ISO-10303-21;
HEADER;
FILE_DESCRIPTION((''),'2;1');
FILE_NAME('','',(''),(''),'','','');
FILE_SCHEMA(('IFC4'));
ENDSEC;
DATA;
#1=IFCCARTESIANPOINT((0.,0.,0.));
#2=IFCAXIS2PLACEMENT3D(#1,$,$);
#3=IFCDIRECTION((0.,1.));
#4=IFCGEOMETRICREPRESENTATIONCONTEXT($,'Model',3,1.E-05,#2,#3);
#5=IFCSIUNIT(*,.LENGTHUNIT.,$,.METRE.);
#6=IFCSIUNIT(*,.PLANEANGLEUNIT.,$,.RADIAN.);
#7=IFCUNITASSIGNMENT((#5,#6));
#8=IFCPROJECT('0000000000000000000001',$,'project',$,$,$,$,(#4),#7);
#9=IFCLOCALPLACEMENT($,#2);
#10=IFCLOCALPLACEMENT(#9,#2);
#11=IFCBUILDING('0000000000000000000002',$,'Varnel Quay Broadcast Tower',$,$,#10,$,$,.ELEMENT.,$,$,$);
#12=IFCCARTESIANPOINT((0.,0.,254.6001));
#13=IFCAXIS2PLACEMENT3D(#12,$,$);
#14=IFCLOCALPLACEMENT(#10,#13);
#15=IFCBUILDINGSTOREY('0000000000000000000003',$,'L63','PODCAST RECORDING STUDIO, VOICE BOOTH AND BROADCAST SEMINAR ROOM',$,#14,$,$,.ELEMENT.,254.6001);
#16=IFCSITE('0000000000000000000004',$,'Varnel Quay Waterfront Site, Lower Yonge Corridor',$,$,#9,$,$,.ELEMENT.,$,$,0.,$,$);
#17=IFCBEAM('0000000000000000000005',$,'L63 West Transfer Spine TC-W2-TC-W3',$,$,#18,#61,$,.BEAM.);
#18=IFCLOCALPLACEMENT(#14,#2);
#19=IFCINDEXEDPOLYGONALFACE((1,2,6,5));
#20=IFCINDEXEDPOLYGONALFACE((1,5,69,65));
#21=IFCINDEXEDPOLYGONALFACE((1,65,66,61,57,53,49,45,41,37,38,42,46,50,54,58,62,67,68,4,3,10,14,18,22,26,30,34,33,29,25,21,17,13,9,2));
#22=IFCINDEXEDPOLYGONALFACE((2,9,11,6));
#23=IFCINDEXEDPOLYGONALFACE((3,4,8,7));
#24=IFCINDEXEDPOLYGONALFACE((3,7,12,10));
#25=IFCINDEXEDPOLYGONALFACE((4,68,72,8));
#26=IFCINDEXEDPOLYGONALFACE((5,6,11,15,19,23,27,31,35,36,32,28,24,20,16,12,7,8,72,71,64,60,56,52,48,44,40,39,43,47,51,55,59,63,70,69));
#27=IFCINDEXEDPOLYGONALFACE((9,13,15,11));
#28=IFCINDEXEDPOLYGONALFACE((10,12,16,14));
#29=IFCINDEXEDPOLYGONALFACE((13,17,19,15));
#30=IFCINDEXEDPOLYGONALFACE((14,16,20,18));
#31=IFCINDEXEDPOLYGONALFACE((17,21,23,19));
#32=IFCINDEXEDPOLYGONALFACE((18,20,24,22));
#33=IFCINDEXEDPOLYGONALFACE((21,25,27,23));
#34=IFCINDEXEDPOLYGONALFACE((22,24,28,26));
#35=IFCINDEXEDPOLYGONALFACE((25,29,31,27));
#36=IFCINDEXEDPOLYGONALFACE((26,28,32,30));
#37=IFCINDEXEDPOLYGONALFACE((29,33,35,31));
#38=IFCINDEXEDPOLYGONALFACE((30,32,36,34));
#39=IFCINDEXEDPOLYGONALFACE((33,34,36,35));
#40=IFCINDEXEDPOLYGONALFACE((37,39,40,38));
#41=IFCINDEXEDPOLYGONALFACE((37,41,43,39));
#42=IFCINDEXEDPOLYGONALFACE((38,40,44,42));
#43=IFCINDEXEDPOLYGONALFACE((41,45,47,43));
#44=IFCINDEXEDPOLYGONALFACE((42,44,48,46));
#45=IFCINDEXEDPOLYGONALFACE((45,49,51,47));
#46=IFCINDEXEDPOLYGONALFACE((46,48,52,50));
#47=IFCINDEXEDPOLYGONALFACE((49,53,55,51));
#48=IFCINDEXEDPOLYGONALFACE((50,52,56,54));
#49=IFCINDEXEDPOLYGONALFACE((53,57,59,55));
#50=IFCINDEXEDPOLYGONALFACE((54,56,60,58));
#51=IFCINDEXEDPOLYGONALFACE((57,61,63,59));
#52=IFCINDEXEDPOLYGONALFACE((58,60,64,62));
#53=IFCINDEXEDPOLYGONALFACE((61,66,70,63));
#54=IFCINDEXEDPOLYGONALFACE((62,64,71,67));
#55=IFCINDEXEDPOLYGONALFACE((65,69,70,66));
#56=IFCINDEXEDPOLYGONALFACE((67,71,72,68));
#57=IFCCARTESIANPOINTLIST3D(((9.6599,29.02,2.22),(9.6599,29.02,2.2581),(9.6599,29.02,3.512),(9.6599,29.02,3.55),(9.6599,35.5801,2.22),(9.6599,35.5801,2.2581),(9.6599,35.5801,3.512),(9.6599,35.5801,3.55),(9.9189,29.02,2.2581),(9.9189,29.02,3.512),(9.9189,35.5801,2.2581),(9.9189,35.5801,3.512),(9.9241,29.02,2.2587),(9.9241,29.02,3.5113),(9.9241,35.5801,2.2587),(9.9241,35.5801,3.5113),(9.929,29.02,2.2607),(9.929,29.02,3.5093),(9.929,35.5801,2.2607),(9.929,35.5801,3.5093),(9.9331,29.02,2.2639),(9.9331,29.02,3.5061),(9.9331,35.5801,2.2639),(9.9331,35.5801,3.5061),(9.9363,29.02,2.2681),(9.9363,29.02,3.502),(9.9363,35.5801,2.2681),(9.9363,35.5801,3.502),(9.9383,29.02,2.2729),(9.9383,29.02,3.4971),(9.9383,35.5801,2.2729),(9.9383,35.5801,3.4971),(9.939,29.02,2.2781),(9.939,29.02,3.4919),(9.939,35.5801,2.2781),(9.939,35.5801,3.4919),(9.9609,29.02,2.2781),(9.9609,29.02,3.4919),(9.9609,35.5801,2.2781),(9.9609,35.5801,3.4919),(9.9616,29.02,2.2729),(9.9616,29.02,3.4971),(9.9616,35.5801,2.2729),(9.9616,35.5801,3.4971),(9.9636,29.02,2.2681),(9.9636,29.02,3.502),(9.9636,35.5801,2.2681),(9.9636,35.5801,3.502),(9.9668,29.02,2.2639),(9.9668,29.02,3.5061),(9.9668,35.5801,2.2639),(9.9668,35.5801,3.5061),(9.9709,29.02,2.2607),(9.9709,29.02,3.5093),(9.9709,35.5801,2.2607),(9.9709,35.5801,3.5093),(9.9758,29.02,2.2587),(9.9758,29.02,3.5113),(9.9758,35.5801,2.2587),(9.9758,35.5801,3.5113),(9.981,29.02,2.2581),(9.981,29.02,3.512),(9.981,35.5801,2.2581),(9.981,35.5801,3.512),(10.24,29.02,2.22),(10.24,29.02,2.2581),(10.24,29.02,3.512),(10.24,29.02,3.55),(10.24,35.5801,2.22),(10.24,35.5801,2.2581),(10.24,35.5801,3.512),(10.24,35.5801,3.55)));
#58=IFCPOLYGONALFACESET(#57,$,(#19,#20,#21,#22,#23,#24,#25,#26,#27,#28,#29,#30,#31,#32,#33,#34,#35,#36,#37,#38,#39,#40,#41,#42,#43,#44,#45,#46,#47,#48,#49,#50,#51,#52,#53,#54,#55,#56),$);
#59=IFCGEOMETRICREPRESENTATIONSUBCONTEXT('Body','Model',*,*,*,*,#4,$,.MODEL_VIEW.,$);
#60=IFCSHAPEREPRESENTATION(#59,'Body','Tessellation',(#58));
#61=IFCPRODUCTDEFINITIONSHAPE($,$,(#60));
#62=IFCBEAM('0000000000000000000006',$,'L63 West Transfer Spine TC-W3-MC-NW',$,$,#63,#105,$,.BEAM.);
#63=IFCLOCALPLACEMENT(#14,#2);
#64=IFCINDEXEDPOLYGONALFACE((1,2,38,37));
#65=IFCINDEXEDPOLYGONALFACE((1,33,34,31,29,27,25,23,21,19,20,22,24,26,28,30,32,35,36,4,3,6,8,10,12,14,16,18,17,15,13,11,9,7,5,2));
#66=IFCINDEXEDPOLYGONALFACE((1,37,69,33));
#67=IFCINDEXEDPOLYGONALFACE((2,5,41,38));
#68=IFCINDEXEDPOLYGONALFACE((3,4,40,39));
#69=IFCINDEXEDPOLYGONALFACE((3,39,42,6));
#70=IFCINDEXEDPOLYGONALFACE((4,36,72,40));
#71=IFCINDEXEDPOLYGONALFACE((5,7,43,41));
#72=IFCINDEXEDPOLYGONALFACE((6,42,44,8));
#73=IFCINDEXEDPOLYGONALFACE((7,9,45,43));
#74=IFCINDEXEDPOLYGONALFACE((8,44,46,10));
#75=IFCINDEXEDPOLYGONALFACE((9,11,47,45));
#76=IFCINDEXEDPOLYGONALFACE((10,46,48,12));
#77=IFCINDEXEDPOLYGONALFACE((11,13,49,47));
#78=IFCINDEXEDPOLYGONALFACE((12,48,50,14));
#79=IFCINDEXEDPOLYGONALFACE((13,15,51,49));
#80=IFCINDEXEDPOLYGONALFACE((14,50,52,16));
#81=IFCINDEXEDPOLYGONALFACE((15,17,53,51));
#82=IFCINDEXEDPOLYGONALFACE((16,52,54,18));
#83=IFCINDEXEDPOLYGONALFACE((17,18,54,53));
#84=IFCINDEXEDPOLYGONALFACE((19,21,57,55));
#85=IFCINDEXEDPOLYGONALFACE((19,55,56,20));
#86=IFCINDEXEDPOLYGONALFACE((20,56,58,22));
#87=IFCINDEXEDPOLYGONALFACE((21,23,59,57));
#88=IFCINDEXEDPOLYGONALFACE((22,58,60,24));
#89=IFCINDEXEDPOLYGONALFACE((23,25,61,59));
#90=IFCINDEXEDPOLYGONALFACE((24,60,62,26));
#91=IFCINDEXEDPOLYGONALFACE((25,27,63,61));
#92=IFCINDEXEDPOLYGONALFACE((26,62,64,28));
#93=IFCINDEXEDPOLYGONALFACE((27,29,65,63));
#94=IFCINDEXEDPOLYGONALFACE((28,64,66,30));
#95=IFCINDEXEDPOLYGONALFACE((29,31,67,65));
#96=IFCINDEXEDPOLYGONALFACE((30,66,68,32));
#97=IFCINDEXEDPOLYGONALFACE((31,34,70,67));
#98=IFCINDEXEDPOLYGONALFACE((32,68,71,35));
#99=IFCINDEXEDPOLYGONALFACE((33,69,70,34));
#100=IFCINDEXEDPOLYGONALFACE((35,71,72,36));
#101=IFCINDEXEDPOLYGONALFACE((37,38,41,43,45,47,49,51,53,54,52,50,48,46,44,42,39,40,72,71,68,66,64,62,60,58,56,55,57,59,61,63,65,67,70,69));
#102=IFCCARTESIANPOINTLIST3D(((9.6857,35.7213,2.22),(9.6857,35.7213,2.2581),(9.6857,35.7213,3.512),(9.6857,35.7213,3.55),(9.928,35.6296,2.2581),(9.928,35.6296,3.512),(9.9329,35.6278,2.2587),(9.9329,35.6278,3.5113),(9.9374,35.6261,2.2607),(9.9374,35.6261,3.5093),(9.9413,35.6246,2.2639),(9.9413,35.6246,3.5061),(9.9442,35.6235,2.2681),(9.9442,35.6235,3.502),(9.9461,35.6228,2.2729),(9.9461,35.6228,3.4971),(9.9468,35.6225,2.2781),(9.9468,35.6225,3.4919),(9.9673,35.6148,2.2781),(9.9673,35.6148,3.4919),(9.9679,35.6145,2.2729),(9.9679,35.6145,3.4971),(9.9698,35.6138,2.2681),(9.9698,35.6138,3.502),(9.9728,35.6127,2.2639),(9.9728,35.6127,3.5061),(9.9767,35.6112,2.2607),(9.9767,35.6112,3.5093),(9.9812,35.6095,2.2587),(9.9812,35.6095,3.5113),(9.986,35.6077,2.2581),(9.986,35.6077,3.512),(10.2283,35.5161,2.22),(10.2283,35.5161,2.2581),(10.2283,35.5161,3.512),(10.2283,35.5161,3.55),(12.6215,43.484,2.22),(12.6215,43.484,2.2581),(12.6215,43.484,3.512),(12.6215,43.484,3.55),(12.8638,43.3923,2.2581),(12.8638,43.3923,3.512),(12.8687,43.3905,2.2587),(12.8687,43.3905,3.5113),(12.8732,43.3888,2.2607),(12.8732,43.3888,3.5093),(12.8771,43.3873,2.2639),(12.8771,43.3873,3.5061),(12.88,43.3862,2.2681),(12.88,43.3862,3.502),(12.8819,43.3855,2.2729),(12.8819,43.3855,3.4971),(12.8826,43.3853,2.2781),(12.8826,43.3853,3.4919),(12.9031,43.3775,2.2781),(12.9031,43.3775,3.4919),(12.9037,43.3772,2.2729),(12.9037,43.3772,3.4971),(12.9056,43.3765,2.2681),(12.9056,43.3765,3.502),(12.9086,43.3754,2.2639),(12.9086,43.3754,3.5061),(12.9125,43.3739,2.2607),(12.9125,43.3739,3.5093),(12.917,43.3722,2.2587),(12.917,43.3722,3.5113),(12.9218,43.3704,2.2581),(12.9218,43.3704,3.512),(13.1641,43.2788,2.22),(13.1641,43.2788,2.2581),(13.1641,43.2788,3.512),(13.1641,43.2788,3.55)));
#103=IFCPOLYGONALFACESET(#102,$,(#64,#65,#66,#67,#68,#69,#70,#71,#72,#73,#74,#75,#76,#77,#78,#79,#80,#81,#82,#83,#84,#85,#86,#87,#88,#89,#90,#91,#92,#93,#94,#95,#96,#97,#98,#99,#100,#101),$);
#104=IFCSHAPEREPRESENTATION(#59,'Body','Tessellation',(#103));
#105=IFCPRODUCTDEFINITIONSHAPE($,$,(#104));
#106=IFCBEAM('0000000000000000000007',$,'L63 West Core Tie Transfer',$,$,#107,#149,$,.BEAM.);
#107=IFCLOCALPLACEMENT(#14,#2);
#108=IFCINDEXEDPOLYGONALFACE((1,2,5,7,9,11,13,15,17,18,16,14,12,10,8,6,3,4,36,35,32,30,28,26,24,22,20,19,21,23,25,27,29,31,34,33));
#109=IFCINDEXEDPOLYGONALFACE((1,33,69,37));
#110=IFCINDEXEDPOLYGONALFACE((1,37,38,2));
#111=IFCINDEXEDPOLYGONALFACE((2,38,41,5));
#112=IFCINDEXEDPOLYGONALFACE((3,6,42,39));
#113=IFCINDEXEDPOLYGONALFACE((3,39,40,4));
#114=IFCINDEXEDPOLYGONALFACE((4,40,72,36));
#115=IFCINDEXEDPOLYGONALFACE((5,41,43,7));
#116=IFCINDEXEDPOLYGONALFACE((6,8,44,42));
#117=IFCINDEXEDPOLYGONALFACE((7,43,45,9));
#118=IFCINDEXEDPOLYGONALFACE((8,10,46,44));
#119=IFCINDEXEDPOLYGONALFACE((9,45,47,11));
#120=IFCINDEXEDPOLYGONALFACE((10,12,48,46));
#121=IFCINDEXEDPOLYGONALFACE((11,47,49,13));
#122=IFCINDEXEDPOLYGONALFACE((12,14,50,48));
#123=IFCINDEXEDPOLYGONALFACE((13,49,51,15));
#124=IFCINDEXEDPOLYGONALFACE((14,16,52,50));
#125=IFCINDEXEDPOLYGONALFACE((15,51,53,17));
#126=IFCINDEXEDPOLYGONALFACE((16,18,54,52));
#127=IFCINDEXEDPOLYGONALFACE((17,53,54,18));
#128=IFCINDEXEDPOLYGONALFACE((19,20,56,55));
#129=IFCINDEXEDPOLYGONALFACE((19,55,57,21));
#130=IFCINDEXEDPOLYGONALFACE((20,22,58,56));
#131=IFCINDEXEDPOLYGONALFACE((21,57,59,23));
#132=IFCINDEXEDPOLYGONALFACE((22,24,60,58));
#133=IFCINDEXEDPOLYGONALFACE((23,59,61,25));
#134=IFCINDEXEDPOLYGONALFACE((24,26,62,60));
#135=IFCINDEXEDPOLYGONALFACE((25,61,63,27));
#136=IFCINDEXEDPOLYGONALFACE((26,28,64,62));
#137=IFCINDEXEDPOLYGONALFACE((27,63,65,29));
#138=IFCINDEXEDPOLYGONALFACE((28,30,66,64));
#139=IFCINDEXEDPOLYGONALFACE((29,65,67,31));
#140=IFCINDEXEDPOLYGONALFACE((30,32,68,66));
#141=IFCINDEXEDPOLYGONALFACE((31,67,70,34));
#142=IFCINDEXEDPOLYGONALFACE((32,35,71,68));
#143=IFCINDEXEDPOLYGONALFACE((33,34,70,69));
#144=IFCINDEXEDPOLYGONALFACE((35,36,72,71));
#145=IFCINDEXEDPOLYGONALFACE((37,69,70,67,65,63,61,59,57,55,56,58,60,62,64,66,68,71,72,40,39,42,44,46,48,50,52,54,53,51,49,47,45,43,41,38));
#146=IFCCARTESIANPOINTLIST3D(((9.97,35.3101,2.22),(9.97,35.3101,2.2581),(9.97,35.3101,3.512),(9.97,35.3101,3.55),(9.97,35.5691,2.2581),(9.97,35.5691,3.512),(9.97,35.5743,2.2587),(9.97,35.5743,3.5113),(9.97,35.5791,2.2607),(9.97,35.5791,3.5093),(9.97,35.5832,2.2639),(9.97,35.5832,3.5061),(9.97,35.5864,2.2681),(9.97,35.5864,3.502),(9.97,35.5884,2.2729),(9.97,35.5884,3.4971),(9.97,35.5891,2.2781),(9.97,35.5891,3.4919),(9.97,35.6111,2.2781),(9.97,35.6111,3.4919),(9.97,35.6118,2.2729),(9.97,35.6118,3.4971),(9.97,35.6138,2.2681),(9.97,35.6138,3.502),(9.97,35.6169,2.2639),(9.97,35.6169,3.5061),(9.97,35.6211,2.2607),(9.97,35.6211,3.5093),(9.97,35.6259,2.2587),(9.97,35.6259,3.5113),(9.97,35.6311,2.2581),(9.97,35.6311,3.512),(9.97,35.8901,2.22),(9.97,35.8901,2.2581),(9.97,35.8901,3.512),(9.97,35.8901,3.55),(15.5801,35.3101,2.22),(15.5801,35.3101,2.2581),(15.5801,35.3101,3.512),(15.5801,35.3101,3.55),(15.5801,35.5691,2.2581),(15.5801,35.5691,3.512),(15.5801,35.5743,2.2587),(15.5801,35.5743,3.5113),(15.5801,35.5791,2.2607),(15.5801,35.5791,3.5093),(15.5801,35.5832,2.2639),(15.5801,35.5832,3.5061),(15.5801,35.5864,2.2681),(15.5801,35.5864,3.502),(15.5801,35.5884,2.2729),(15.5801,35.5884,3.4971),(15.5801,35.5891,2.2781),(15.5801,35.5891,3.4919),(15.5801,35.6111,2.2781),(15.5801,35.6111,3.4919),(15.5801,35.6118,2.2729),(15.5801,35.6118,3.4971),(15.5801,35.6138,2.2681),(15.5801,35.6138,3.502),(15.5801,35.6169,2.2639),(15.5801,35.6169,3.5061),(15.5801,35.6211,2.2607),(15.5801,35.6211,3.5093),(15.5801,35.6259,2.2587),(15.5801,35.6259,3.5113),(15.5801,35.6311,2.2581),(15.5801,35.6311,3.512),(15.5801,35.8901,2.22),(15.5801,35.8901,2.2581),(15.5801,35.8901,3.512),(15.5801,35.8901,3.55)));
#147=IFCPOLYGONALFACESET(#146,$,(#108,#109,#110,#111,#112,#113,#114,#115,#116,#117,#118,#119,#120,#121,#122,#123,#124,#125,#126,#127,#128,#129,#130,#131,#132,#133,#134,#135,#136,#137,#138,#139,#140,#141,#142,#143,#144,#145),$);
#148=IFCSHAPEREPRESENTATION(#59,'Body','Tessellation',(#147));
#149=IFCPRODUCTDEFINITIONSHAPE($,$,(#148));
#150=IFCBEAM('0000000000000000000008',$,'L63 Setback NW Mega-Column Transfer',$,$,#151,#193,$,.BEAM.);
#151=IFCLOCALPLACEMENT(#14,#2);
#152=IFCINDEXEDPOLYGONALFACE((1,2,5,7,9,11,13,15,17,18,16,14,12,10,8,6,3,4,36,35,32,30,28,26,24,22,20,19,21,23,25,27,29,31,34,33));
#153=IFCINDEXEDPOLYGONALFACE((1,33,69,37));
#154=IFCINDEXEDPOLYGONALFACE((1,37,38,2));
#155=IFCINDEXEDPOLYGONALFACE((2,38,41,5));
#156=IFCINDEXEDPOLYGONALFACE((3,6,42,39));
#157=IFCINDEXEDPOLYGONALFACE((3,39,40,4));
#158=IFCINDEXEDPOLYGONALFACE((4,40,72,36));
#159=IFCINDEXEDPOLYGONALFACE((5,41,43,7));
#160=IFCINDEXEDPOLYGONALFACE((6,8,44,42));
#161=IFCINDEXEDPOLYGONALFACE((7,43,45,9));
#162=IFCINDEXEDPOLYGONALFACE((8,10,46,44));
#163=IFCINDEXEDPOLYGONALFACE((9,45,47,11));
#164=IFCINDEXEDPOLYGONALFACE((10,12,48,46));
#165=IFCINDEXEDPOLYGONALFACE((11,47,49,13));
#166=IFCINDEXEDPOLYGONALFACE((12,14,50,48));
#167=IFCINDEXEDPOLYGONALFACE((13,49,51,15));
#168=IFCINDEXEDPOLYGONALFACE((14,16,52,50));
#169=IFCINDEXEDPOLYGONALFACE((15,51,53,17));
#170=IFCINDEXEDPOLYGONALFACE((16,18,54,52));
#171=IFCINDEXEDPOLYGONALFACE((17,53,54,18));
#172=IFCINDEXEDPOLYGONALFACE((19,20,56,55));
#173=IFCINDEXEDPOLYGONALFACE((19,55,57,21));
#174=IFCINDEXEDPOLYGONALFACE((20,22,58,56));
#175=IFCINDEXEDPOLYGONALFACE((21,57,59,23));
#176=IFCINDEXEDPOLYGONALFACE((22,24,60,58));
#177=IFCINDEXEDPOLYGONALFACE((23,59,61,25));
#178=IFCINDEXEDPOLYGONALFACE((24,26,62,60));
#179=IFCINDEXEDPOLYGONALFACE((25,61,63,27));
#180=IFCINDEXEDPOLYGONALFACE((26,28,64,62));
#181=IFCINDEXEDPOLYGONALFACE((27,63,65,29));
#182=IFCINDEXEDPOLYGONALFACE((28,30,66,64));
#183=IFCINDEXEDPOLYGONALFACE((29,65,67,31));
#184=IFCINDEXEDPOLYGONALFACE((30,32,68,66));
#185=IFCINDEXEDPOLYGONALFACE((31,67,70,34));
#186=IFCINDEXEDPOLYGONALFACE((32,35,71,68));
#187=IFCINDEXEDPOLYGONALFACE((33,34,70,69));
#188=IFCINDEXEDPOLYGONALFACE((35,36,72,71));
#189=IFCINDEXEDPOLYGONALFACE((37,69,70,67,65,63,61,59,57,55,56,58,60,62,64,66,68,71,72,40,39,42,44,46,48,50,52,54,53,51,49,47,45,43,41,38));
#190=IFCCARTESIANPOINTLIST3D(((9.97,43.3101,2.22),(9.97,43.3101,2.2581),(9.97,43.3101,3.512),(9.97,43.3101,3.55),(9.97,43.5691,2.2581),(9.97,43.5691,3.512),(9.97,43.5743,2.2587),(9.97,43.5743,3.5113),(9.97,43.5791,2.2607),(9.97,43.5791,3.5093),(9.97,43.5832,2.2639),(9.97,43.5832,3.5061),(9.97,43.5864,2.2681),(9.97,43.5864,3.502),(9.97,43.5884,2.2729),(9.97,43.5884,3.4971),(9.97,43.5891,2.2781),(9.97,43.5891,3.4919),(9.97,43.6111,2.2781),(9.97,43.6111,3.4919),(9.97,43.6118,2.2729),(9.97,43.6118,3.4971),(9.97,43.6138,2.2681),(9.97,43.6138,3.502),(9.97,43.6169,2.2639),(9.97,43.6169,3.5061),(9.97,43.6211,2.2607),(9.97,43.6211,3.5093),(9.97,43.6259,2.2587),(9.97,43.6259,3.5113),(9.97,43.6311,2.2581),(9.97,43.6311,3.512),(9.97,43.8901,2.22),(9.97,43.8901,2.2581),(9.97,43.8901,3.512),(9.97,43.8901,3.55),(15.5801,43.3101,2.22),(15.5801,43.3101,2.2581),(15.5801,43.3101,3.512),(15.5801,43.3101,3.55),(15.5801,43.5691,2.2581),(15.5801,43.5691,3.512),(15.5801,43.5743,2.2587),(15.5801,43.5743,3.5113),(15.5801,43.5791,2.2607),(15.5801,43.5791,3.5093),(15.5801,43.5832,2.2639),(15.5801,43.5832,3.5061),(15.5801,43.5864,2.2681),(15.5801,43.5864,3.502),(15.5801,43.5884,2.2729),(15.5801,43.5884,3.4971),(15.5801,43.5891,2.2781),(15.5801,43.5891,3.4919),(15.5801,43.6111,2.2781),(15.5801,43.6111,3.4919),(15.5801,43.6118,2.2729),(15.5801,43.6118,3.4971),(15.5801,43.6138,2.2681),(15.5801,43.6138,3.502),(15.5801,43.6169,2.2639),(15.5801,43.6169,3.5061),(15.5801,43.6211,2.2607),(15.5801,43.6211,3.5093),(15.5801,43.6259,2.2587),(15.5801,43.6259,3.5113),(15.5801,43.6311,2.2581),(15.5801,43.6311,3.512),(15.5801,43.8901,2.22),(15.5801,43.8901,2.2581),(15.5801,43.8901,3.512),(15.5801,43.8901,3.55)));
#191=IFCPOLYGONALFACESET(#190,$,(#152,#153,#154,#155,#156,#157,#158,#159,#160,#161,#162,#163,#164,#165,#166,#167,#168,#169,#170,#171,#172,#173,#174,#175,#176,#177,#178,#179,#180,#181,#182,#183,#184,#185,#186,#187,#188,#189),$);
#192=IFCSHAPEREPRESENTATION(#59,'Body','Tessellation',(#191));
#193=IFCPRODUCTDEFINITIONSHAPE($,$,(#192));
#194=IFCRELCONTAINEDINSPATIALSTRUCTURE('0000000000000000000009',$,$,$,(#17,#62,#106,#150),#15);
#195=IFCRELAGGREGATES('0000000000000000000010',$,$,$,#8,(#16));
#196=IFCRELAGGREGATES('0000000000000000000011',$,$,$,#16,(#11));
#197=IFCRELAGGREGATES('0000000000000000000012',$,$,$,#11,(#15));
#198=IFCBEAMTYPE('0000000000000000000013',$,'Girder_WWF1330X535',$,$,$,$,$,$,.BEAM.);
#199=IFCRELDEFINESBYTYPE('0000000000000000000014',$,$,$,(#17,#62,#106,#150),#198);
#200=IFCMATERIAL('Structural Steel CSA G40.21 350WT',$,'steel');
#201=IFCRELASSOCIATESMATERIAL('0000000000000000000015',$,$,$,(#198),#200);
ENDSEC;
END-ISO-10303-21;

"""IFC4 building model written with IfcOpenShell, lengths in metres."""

from ifc_helpers import new_model, si_unit, direction, frame, origin, origin_2d, place, context, subcontext, project, spatial, i_section, extrude, source, transform, mapped, material, material_profile, profile_set, type_object, element, save


model = new_model("IFC4")

# Units and contexts
model_context = context("Model", 3, precision=1e-05, world=origin(), true_north=direction((0.0, 1.0)))
body_context = subcontext(model_context, "Body", "Model", "MODEL_VIEW")
ifc_project = project(units=[si_unit("LENGTHUNIT", "METRE"), si_unit("PLANEANGLEUNIT", "RADIAN")], contexts=[model_context])

# Site, building, storey
site_placement = place(None, origin())
site = spatial("IfcSite", under=ifc_project, at=site_placement, Name="Varnel Quay Waterfront Site, Lower Yonge Corridor", CompositionType="ELEMENT", RefElevation=0.0)
building_placement = place(site_placement, origin())
building = spatial("IfcBuilding", under=site, at=building_placement, Name="Varnel Quay Broadcast Tower", CompositionType="ELEMENT")
storey_placement = place(building_placement, frame((0.0, 0.0, 254.6001)))
storey = spatial("IfcBuildingStorey", under=building, at=storey_placement, Name="L63", Description="PODCAST RECORDING STUDIO, VOICE BOOTH AND BROADCAST SEMINAR ROOM", CompositionType="ELEMENT", Elevation=254.6001)

# Shared definitions
ifc_material_1 = material(Name="Structural Steel CSA G40.21 350WT", Category="steel")

# Beams
ifc_material_profile_1 = material_profile(ifc_material_1, i_section(OverallWidth=0.5801, OverallDepth=1.3301, WebThickness=0.022, FlangeThickness=0.0381, FilletRadius=0.02, at=origin_2d()), Name="WWF1330X535")
ifc_profile_set_1 = profile_set([ifc_material_profile_1], Name="Structural Steel CSA G40.21 350WT")
beam_type_1 = type_object("IfcBeamType", Name="Girder_WWF1330X535", PredefinedType="BEAM", material=ifc_profile_set_1)
shared_shape_1 = source(origin(), body_context, "Body", "SweptSolid", [
    extrude(i_section(OverallWidth=0.5801, OverallDepth=1.3301, WebThickness=0.022, FlangeThickness=0.0381, FilletRadius=0.02, at=origin_2d()), origin(), (0.0, 0.0, 1.0), 6.5601),
])
beam_1_placement = place(storey_placement, frame((9.95, 29.02, 2.885), z_axis=(0.0, 1.0, 0.0), x_axis=(-1.0, 0.0, 0.0)))
element("IfcBeam", 1, at=beam_1_placement, inside=storey, type_object=beam_type_1, Name="L63 West Transfer Spine TC-W2-TC-W3", PredefinedType="BEAM", context=body_context, shape_type="MappedRepresentation", body=[
    mapped(shared_shape_1, transform((0.0, 0.0, 0.0), x_axis=(1.0, 0.0, 0.0), y_axis=(0.0, 1.0, 0.0), z_axis=(0.0, 0.0, 1.0), scale=1.0)),
])
shared_shape_2 = source(origin(), body_context, "Body", "SweptSolid", [
    extrude(i_section(OverallWidth=0.5801, OverallDepth=1.3301, WebThickness=0.022, FlangeThickness=0.0381, FilletRadius=0.02, at=origin_2d()), origin(), (0.0, 0.0, 1.0), 8.2993),
])
beam_2_placement = place(storey_placement, frame((9.957, 35.6187, 2.885), z_axis=(0.35374, 0.935344, 0.0), x_axis=(-0.935344, 0.35374, 0.0)))
element("IfcBeam", 2, at=beam_2_placement, inside=storey, type_object=beam_type_1, Name="L63 West Transfer Spine TC-W3-MC-NW", PredefinedType="BEAM", context=body_context, shape_type="MappedRepresentation", body=[
    mapped(shared_shape_2, transform((0.0, 0.0, 0.0), x_axis=(1.0, 0.0, 0.0), y_axis=(0.0, 1.0, 0.0), z_axis=(0.0, 0.0, 1.0), scale=1.0)),
])
shared_shape_3 = source(origin(), body_context, "Body", "SweptSolid", [
    extrude(i_section(OverallWidth=0.5801, OverallDepth=1.3301, WebThickness=0.022, FlangeThickness=0.0381, FilletRadius=0.02, at=origin_2d()), origin(), (0.0, 0.0, 1.0), 5.6101),
])
for number, where, z_axis, x_axis, name in (
    (3, (9.97, 35.6001, 2.885), (1.0, 0.0, 0.0), (0.0, 1.0, 0.0), "L63 West Core Tie Transfer"),
    (4, (9.97, 43.6001, 2.885), (1.0, 0.0, 0.0), (0.0, 1.0, 0.0), "L63 Setback NW Mega-Column Transfer"),
):
    element("IfcBeam", number, at=place(storey_placement, frame(where, z_axis=z_axis, x_axis=x_axis)), inside=storey, type_object=beam_type_1, Name=name, PredefinedType="BEAM", context=body_context, shape_type="MappedRepresentation", body=[
        mapped(shared_shape_3, transform((0.0, 0.0, 0.0), x_axis=(1.0, 0.0, 0.0), y_axis=(0.0, 1.0, 0.0), z_axis=(0.0, 0.0, 1.0), scale=1.0)),
    ])

save(model, "model.ifc")
